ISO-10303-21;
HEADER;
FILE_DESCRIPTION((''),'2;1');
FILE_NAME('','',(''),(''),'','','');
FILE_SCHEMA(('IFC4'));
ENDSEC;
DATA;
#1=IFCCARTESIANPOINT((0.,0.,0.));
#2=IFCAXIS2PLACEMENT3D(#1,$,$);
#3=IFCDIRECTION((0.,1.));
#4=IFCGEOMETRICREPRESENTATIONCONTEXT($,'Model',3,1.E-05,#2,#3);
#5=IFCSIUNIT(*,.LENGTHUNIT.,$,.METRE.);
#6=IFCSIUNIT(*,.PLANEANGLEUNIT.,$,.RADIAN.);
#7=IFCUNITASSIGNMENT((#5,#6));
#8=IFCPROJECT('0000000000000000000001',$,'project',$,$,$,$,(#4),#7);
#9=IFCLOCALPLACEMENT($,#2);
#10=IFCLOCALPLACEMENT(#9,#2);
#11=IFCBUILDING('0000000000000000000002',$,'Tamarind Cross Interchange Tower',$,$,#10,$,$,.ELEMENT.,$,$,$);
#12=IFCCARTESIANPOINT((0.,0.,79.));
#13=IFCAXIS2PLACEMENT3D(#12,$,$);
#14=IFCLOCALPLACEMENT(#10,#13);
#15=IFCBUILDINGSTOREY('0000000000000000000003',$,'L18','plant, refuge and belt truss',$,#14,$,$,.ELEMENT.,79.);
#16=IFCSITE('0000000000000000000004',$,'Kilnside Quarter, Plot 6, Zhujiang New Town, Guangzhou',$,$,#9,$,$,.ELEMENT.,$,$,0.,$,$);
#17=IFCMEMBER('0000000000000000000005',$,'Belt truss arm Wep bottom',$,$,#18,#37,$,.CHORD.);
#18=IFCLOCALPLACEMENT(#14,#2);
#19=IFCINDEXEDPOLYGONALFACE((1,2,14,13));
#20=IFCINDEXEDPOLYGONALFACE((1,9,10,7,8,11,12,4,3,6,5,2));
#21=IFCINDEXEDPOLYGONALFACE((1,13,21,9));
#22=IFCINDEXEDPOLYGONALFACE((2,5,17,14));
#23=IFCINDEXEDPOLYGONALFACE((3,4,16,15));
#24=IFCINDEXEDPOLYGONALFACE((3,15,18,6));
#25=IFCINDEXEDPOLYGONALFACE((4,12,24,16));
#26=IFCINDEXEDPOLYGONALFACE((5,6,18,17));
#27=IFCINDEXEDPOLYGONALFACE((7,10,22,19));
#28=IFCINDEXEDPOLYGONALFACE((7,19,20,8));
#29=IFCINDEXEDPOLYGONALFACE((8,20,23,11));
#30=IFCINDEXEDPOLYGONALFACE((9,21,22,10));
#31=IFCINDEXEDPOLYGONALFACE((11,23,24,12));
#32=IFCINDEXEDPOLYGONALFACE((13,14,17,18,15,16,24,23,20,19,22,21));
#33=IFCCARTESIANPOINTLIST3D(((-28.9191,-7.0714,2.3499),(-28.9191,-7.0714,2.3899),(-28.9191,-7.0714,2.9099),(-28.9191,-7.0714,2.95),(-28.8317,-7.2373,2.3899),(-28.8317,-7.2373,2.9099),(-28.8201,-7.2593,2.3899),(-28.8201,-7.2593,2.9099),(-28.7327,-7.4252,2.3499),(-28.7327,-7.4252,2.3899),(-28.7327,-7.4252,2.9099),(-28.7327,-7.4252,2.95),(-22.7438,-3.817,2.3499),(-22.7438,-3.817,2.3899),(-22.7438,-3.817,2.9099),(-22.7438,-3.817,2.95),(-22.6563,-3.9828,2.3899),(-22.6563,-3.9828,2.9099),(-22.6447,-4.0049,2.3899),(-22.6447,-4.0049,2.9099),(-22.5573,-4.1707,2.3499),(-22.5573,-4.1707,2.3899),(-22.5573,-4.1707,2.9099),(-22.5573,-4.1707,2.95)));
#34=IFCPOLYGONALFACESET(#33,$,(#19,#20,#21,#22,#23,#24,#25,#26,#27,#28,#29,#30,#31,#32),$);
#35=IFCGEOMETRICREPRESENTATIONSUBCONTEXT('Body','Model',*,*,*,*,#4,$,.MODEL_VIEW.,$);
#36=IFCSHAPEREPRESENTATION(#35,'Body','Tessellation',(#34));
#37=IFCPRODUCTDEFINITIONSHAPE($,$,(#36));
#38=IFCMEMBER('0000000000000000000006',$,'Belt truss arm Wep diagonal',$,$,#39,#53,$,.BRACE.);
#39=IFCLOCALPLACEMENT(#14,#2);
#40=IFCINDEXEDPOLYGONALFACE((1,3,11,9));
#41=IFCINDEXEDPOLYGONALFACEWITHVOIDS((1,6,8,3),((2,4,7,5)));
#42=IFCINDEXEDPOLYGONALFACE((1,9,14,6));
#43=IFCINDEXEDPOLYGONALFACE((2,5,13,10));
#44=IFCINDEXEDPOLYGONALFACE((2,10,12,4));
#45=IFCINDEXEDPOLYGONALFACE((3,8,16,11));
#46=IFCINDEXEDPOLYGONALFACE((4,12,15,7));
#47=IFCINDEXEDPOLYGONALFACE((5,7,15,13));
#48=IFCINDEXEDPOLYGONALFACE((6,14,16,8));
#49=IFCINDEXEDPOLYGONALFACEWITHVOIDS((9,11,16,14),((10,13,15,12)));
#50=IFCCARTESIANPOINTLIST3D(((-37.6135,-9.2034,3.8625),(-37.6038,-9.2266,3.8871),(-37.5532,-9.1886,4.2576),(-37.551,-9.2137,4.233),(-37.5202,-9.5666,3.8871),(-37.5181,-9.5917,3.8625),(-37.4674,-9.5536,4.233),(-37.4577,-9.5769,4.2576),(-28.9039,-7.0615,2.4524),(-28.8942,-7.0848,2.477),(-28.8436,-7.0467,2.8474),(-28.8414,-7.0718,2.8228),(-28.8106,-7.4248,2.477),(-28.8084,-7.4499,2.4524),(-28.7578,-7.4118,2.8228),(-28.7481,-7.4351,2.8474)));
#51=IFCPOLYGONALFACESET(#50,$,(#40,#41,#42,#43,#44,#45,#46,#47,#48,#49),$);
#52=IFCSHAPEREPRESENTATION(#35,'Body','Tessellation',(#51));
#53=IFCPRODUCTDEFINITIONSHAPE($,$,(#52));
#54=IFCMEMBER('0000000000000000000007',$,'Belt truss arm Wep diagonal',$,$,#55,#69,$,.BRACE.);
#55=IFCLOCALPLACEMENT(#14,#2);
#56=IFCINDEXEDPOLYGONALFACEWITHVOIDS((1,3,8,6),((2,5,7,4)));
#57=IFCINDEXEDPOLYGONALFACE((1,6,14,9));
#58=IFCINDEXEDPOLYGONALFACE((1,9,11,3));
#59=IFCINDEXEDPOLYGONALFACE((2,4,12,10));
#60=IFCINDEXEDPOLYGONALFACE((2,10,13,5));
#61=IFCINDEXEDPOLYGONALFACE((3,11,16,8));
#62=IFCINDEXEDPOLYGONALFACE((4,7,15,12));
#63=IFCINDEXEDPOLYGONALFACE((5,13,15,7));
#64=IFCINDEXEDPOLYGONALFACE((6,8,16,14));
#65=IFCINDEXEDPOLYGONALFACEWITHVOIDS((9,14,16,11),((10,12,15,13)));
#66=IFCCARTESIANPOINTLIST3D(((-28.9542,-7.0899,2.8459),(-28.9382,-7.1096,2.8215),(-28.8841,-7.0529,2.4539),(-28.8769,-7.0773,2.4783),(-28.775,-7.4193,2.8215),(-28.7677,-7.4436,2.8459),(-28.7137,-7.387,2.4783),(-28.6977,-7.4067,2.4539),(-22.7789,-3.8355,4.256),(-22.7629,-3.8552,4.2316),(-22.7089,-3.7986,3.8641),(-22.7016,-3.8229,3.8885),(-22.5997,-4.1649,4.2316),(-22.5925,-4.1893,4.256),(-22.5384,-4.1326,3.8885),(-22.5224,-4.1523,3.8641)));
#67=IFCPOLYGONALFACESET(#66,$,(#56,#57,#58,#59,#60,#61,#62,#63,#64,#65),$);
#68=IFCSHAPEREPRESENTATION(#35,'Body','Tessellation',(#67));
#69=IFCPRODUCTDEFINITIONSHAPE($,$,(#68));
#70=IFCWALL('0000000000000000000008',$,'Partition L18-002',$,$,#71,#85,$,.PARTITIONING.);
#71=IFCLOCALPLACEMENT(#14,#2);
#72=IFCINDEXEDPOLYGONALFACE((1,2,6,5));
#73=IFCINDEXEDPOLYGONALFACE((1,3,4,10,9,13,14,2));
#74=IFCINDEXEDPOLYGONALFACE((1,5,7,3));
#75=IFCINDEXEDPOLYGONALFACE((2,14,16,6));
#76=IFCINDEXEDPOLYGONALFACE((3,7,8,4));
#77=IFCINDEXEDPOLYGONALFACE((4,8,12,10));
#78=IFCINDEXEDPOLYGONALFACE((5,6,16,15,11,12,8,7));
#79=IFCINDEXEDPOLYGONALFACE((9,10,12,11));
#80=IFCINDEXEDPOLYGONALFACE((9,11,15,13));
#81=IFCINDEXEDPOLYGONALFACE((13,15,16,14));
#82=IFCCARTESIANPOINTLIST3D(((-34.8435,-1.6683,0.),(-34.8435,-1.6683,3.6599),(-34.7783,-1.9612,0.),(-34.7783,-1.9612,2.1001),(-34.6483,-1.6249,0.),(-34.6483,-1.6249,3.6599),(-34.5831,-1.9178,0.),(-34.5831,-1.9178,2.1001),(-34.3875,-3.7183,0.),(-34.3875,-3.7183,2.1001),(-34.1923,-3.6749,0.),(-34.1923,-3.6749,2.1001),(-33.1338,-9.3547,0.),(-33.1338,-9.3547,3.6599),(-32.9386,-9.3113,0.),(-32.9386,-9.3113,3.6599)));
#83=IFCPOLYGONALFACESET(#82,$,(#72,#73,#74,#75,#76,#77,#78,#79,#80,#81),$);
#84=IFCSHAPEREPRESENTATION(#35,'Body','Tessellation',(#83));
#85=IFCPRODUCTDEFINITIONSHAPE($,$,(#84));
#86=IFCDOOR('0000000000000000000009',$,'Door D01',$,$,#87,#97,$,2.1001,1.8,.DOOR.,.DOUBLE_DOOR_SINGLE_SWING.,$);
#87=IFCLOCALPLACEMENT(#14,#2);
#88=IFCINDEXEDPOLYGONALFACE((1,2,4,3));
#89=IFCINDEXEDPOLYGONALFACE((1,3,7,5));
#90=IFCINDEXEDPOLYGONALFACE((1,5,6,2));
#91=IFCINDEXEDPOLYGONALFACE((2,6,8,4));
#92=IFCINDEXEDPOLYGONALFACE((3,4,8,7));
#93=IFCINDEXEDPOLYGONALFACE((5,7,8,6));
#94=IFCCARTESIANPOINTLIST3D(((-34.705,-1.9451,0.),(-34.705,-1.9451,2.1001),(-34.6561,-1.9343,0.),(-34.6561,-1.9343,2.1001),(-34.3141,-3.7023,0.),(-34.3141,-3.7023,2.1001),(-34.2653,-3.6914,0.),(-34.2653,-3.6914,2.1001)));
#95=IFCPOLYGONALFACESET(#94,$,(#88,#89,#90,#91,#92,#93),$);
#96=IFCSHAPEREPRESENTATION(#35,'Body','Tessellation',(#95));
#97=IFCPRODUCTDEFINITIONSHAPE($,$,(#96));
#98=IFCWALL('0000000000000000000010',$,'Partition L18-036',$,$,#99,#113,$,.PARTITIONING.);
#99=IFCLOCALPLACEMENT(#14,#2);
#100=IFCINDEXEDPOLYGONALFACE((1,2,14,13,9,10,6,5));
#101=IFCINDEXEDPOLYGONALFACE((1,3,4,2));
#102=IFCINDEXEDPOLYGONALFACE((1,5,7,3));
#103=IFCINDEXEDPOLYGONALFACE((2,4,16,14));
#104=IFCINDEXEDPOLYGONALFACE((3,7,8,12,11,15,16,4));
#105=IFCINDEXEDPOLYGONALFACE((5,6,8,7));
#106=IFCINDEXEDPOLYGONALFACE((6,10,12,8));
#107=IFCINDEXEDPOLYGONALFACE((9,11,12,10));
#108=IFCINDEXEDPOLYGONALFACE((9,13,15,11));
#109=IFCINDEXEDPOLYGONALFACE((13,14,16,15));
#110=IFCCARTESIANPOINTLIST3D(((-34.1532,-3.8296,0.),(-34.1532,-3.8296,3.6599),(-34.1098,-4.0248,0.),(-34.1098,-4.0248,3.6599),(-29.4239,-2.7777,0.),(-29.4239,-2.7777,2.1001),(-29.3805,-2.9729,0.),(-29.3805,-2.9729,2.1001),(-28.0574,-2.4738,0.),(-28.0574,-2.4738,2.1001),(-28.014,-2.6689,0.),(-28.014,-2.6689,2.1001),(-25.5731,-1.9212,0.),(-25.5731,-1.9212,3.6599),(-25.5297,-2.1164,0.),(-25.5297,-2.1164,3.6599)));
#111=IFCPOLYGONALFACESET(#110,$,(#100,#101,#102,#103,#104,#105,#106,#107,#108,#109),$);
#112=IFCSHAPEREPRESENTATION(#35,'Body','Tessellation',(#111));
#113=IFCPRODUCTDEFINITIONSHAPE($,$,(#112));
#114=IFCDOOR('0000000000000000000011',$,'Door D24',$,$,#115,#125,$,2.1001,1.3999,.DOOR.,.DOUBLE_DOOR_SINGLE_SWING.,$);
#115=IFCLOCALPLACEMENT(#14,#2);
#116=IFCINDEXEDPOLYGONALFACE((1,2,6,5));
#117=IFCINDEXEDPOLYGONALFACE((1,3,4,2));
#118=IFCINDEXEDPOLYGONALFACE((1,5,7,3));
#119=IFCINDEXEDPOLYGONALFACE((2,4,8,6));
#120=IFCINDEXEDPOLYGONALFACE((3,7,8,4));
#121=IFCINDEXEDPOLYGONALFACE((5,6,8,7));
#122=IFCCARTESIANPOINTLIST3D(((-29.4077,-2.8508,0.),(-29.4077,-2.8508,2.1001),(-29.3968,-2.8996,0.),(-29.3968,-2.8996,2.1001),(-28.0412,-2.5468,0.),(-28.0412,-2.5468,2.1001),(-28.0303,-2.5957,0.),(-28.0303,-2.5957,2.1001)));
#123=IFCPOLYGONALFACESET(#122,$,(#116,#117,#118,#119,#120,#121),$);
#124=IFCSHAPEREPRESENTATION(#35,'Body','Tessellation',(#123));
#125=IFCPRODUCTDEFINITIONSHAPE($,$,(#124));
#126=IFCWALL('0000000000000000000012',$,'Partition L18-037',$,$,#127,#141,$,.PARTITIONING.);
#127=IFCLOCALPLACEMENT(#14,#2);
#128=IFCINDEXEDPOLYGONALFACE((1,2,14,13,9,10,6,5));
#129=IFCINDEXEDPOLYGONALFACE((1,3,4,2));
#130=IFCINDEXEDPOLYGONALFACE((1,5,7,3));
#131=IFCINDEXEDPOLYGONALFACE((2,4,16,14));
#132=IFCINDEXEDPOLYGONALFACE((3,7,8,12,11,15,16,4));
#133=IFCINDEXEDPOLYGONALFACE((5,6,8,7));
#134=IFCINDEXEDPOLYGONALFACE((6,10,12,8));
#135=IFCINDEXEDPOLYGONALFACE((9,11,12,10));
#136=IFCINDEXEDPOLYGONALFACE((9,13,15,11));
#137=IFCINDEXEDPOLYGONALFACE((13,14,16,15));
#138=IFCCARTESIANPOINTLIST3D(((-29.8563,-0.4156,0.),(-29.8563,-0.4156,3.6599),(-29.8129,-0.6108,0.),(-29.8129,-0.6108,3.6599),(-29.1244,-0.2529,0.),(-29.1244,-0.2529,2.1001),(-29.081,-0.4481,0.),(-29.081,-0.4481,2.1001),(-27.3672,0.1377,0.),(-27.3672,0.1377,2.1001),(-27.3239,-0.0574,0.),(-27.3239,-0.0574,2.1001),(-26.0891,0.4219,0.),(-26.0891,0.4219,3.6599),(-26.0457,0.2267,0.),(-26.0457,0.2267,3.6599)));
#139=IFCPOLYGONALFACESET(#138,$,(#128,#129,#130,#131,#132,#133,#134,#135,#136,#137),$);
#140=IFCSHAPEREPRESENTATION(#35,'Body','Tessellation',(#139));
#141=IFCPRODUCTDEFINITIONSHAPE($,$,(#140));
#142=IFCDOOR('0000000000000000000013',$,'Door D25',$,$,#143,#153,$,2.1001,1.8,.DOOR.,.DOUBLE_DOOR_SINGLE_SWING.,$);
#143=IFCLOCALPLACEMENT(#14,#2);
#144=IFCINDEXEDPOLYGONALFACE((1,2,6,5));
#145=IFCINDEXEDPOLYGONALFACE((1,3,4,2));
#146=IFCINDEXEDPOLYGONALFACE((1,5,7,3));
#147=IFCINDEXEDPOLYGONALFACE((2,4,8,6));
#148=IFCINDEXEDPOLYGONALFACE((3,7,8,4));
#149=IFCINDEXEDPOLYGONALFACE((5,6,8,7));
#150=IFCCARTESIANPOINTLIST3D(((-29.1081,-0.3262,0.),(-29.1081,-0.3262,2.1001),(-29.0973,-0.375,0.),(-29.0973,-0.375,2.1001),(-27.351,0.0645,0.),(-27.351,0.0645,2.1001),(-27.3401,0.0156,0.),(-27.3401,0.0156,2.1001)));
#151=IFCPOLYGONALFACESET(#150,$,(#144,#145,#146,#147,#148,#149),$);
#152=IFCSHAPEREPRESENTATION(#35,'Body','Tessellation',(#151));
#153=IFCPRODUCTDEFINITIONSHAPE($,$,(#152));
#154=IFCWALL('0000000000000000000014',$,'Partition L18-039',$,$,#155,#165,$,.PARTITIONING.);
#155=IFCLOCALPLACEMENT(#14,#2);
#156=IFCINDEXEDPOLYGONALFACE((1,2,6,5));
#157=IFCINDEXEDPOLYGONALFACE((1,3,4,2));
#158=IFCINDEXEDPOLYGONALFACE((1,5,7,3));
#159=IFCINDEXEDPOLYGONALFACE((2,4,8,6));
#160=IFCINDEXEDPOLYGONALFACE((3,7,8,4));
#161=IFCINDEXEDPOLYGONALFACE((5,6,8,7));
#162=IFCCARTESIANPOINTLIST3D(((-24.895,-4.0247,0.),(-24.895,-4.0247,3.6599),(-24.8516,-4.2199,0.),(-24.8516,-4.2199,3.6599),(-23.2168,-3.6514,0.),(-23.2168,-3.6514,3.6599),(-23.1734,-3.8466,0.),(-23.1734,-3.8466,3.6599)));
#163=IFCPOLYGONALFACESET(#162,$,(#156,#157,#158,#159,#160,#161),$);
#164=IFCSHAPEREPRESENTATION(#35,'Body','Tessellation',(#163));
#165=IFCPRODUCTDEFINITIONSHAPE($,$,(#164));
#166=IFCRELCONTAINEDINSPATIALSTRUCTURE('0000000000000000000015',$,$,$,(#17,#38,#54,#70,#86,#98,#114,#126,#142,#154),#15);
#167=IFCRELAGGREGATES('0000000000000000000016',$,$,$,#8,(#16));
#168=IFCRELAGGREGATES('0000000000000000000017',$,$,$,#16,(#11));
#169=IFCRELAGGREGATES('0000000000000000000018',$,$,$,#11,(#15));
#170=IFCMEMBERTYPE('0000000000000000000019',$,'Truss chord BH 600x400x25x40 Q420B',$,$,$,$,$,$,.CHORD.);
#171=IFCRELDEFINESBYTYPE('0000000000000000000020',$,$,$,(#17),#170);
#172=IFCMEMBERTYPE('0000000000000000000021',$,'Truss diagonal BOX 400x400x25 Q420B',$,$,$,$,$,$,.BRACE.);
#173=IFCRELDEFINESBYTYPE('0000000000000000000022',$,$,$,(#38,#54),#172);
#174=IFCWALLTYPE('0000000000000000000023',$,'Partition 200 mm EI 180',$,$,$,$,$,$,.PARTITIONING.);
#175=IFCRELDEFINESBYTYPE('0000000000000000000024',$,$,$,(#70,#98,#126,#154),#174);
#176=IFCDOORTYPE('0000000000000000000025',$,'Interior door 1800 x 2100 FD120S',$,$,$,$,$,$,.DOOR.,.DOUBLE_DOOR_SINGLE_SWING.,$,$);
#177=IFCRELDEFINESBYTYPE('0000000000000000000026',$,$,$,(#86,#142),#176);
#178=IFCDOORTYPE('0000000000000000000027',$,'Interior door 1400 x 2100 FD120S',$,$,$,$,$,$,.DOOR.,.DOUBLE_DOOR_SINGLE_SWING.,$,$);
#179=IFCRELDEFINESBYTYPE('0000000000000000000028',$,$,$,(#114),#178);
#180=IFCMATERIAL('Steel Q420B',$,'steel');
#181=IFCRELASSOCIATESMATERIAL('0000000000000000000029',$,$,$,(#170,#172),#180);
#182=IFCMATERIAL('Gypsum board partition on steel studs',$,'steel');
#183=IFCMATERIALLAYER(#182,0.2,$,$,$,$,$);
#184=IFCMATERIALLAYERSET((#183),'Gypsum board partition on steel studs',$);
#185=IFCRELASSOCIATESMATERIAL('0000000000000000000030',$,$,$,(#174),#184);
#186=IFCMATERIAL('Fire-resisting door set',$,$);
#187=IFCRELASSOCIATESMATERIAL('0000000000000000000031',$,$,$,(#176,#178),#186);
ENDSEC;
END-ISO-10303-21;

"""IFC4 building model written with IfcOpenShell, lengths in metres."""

from ifc_helpers import new_model, si_unit, direction, frame, frame_2d, origin, origin_2d, place, context, subcontext, project, spatial, rectangle, hollow_rectangle, i_section, extrude, material, layer, layer_set, material_profile, profile_set, type_object, element, fill, save


model = new_model("IFC4")

# Units and contexts
model_context = context("Model", 3, precision=1e-05, world=origin(), true_north=direction((0.0, 1.0)))
body_context = subcontext(model_context, "Body", "Model", "MODEL_VIEW")
ifc_project = project(units=[si_unit("LENGTHUNIT", "METRE"), si_unit("PLANEANGLEUNIT", "RADIAN")], contexts=[model_context])

# Site, building, storey
site_placement = place(None, origin())
site = spatial("IfcSite", under=ifc_project, at=site_placement, Name="Kilnside Quarter, Plot 6, Zhujiang New Town, Guangzhou", CompositionType="ELEMENT", RefElevation=0.0)
building_placement = place(site_placement, origin())
building = spatial("IfcBuilding", under=site, at=building_placement, Name="Tamarind Cross Interchange Tower", CompositionType="ELEMENT")
storey_placement = place(building_placement, frame((0.0, 0.0, 79.0)))
storey = spatial("IfcBuildingStorey", under=building, at=storey_placement, Name="L18", Description="plant, refuge and belt truss", CompositionType="ELEMENT", Elevation=79.0)

# Members
ifc_material_1 = material(Name="Steel Q420B", Category="steel")
ifc_material_profile_1 = material_profile(ifc_material_1, i_section(OverallWidth=0.3999, OverallDepth=0.6001, WebThickness=0.0249, FlangeThickness=0.04, at=origin_2d()), Name="BH 600x400x25x40")
ifc_profile_set_1 = profile_set([ifc_material_profile_1], Name="Steel Q420B")
member_type_1 = type_object("IfcMemberType", Name="Truss chord BH 600x400x25x40 Q420B", PredefinedType="CHORD", material=ifc_profile_set_1)
member_1_placement = place(storey_placement, frame((-28.8259, -7.2483, 2.6499), z_axis=(0.884668, 0.466222, 0.0), x_axis=(-0.466222, 0.884668, 0.0)))
element("IfcMember", 1, at=member_1_placement, inside=storey, type_object=member_type_1, Name="Belt truss arm Wep bottom", PredefinedType="CHORD", context=body_context, shape_type="SweptSolid", body=[
    extrude(i_section(OverallWidth=0.3999, OverallDepth=0.6001, WebThickness=0.0249, FlangeThickness=0.04, at=origin_2d()), origin(), (0.0, 0.0, 1.0), 6.9805),
])
ifc_material_profile_2 = material_profile(ifc_material_1, hollow_rectangle(XDim=0.3999, YDim=0.3999, WallThickness=0.0249, at=origin_2d()), Name="BOX 400x400x25")
ifc_profile_set_2 = profile_set([ifc_material_profile_2], Name="Steel Q420B")
member_type_2 = type_object("IfcMemberType", Name="Truss diagonal BOX 400x400x25 Q420B", PredefinedType="BRACE", material=ifc_profile_set_2)
member_2_placement = place(storey_placement, frame((-37.5356, -9.3901, 4.0601), z_axis=(0.959285, 0.235902, -0.155314), x_axis=(-0.2388, 0.971069, 0.0)))
element("IfcMember", 2, at=member_2_placement, inside=storey, type_object=member_type_2, Name="Belt truss arm Wep diagonal", PredefinedType="BRACE", context=body_context, shape_type="SweptSolid", body=[
    extrude(hollow_rectangle(XDim=0.3999, YDim=0.3999, WallThickness=0.0249, at=origin_2d()), origin(), (0.0, 0.0, 1.0), 9.0793),
])
member_3_placement = place(storey_placement, frame((-28.8259, -7.2483, 2.6499), z_axis=(0.86715, 0.45699, 0.198018), x_axis=(-0.466222, 0.884668, 0.0)))
element("IfcMember", 3, at=member_3_placement, inside=storey, type_object=member_type_2, Name="Belt truss arm Wep diagonal", PredefinedType="BRACE", context=body_context, shape_type="SweptSolid", body=[
    extrude(hollow_rectangle(XDim=0.3999, YDim=0.3999, WallThickness=0.0249, at=origin_2d()), origin(), (0.0, 0.0, 1.0), 7.1213),
])

# Walls, openings, doors
ifc_material_2 = material(Name="Gypsum board partition on steel studs", Category="steel")
ifc_layer_1 = layer(ifc_material_2, 0.2)
ifc_layer_set_1 = layer_set([ifc_layer_1], Name="Gypsum board partition on steel studs")
wall_type_1 = type_object("IfcWallType", Name="Partition 200 mm EI 180", PredefinedType="PARTITIONING", material=ifc_layer_set_1)
wall_1_placement = place(storey_placement, frame((-34.7458, -1.6467, 0.0), z_axis=(0.0, 0.0, 1.0), x_axis=(0.217124, -0.976144, 0.0)))
wall_1 = element("IfcWall", 4, at=wall_1_placement, inside=storey, type_object=wall_type_1, Name="Partition L18-002", PredefinedType="PARTITIONING", context=body_context, shape_type="SweptSolid", body=[
    extrude(rectangle(XDim=7.8743, YDim=0.2, at=frame_2d((3.937, 0.0))), origin(), (0.0, 0.0, 1.0), 3.6599),
])
opening_1_placement = place(wall_1_placement, frame((0.3, 0.0, 0.0)))
opening_1 = element("IfcOpeningElement", 5, at=opening_1_placement, cuts=wall_1, PredefinedType="OPENING", context=body_context, shape_type="SweptSolid", body=[
    extrude(rectangle(XDim=1.8, YDim=2.1001, at=frame_2d((0.8999, 1.05))), frame((0.0, 0.1099, 0.0), z_axis=(0.0, -1.0, 0.0), x_axis=(1.0, 0.0, 0.0)), (0.0, 0.0, 1.0), 0.22),
])
ifc_material_3 = material(Name="Fire-resisting door set")
door_type_1 = type_object("IfcDoorType", Name="Interior door 1800 x 2100 FD120S", OperationType="DOUBLE_DOOR_SINGLE_SWING", PredefinedType="DOOR", material=ifc_material_3)
door_1_placement = place(opening_1_placement, frame((1.8, 0.0, 0.0), z_axis=(0.0, 0.0, 1.0), x_axis=(-1.0, 0.0, 0.0)))
door_1 = element("IfcDoor", 6, at=door_1_placement, inside=storey, type_object=door_type_1, Name="Door D01", OperationType="DOUBLE_DOOR_SINGLE_SWING", OverallHeight=2.1001, OverallWidth=1.8, PredefinedType="DOOR", context=body_context, shape_type="SweptSolid", body=[
    extrude(rectangle(XDim=1.8, YDim=2.1001, at=frame_2d((0.8999, 1.05))), frame((0.0, 0.0249, 0.0), z_axis=(0.0, -1.0, 0.0), x_axis=(1.0, 0.0, 0.0)), (0.0, 0.0, 1.0), 0.05),
])
fill(opening_1, door_1)
wall_2_placement = place(storey_placement, frame((-34.1316, -3.9272, 0.0), z_axis=(0.0, 0.0, 1.0), x_axis=(0.976145, 0.217122, 0.0)))
wall_2 = element("IfcWall", 7, at=wall_2_placement, inside=storey, type_object=wall_type_1, Name="Partition L18-036", PredefinedType="PARTITIONING", context=body_context, shape_type="SweptSolid", body=[
    extrude(rectangle(XDim=8.7898, YDim=0.2, at=frame_2d((4.395, 0.0))), origin(), (0.0, 0.0, 1.0), 3.6599),
])
opening_2_placement = place(wall_2_placement, frame((4.845, 0.0, 0.0)))
opening_2 = element("IfcOpeningElement", 8, at=opening_2_placement, cuts=wall_2, PredefinedType="OPENING", context=body_context, shape_type="SweptSolid", body=[
    extrude(rectangle(XDim=1.3999, YDim=2.1001, at=frame_2d((0.7, 1.05))), frame((0.0, 0.1099, 0.0), z_axis=(0.0, -1.0, 0.0), x_axis=(1.0, 0.0, 0.0)), (0.0, 0.0, 1.0), 0.22),
])
door_type_2 = type_object("IfcDoorType", Name="Interior door 1400 x 2100 FD120S", OperationType="DOUBLE_DOOR_SINGLE_SWING", PredefinedType="DOOR", material=ifc_material_3)
door_2_placement = place(opening_2_placement, frame((1.3999, 0.0, 0.0), z_axis=(0.0, 0.0, 1.0), x_axis=(-1.0, 0.0, 0.0)))
door_2 = element("IfcDoor", 9, at=door_2_placement, inside=storey, type_object=door_type_2, Name="Door D24", OperationType="DOUBLE_DOOR_SINGLE_SWING", OverallHeight=2.1001, OverallWidth=1.3999, PredefinedType="DOOR", context=body_context, shape_type="SweptSolid", body=[
    extrude(rectangle(XDim=1.3999, YDim=2.1001, at=frame_2d((0.7, 1.05))), frame((0.0, 0.0249, 0.0), z_axis=(0.0, -1.0, 0.0), x_axis=(1.0, 0.0, 0.0)), (0.0, 0.0, 1.0), 0.05),
])
fill(opening_2, door_2)
wall_3_placement = place(storey_placement, frame((-29.8347, -0.5132, 0.0), z_axis=(0.0, 0.0, 1.0), x_axis=(0.976172, 0.216997, 0.0)))
wall_3 = element("IfcWall", 10, at=wall_3_placement, inside=storey, type_object=wall_type_1, Name="Partition L18-037", PredefinedType="PARTITIONING", context=body_context, shape_type="SweptSolid", body=[
    extrude(rectangle(XDim=3.8591, YDim=0.2, at=frame_2d((1.9297, 0.0))), origin(), (0.0, 0.0, 1.0), 3.6599),
])
opening_3_placement = place(wall_3_placement, frame((0.75, 0.0, 0.0)))
opening_3 = element("IfcOpeningElement", 11, at=opening_3_placement, cuts=wall_3, PredefinedType="OPENING", context=body_context, shape_type="SweptSolid", body=[
    extrude(rectangle(XDim=1.8, YDim=2.1001, at=frame_2d((0.8999, 1.05))), frame((0.0, 0.1099, 0.0), z_axis=(0.0, -1.0, 0.0), x_axis=(1.0, 0.0, 0.0)), (0.0, 0.0, 1.0), 0.22),
])
door_3_placement = place(opening_3_placement, origin())
door_3 = element("IfcDoor", 12, at=door_3_placement, inside=storey, type_object=door_type_1, Name="Door D25", OperationType="DOUBLE_DOOR_SINGLE_SWING", OverallHeight=2.1001, OverallWidth=1.8, PredefinedType="DOOR", context=body_context, shape_type="SweptSolid", body=[
    extrude(rectangle(XDim=1.8, YDim=2.1001, at=frame_2d((0.8999, 1.05))), frame((0.0, 0.0249, 0.0), z_axis=(0.0, -1.0, 0.0), x_axis=(1.0, 0.0, 0.0)), (0.0, 0.0, 1.0), 0.05),
])
fill(opening_3, door_3)

# Wall
wall_4_placement = place(storey_placement, frame((-24.8733, -4.1223, 0.0), z_axis=(0.0, 0.0, 1.0), x_axis=(0.976144, 0.217126, 0.0)))
element("IfcWall", 13, at=wall_4_placement, inside=storey, type_object=wall_type_1, Name="Partition L18-039", PredefinedType="PARTITIONING", context=body_context, shape_type="SweptSolid", body=[
    extrude(rectangle(XDim=1.7192, YDim=0.2, at=frame_2d((0.8596, 0.0))), origin(), (0.0, 0.0, 1.0), 3.6599),
])

save(model, "model.ifc")
